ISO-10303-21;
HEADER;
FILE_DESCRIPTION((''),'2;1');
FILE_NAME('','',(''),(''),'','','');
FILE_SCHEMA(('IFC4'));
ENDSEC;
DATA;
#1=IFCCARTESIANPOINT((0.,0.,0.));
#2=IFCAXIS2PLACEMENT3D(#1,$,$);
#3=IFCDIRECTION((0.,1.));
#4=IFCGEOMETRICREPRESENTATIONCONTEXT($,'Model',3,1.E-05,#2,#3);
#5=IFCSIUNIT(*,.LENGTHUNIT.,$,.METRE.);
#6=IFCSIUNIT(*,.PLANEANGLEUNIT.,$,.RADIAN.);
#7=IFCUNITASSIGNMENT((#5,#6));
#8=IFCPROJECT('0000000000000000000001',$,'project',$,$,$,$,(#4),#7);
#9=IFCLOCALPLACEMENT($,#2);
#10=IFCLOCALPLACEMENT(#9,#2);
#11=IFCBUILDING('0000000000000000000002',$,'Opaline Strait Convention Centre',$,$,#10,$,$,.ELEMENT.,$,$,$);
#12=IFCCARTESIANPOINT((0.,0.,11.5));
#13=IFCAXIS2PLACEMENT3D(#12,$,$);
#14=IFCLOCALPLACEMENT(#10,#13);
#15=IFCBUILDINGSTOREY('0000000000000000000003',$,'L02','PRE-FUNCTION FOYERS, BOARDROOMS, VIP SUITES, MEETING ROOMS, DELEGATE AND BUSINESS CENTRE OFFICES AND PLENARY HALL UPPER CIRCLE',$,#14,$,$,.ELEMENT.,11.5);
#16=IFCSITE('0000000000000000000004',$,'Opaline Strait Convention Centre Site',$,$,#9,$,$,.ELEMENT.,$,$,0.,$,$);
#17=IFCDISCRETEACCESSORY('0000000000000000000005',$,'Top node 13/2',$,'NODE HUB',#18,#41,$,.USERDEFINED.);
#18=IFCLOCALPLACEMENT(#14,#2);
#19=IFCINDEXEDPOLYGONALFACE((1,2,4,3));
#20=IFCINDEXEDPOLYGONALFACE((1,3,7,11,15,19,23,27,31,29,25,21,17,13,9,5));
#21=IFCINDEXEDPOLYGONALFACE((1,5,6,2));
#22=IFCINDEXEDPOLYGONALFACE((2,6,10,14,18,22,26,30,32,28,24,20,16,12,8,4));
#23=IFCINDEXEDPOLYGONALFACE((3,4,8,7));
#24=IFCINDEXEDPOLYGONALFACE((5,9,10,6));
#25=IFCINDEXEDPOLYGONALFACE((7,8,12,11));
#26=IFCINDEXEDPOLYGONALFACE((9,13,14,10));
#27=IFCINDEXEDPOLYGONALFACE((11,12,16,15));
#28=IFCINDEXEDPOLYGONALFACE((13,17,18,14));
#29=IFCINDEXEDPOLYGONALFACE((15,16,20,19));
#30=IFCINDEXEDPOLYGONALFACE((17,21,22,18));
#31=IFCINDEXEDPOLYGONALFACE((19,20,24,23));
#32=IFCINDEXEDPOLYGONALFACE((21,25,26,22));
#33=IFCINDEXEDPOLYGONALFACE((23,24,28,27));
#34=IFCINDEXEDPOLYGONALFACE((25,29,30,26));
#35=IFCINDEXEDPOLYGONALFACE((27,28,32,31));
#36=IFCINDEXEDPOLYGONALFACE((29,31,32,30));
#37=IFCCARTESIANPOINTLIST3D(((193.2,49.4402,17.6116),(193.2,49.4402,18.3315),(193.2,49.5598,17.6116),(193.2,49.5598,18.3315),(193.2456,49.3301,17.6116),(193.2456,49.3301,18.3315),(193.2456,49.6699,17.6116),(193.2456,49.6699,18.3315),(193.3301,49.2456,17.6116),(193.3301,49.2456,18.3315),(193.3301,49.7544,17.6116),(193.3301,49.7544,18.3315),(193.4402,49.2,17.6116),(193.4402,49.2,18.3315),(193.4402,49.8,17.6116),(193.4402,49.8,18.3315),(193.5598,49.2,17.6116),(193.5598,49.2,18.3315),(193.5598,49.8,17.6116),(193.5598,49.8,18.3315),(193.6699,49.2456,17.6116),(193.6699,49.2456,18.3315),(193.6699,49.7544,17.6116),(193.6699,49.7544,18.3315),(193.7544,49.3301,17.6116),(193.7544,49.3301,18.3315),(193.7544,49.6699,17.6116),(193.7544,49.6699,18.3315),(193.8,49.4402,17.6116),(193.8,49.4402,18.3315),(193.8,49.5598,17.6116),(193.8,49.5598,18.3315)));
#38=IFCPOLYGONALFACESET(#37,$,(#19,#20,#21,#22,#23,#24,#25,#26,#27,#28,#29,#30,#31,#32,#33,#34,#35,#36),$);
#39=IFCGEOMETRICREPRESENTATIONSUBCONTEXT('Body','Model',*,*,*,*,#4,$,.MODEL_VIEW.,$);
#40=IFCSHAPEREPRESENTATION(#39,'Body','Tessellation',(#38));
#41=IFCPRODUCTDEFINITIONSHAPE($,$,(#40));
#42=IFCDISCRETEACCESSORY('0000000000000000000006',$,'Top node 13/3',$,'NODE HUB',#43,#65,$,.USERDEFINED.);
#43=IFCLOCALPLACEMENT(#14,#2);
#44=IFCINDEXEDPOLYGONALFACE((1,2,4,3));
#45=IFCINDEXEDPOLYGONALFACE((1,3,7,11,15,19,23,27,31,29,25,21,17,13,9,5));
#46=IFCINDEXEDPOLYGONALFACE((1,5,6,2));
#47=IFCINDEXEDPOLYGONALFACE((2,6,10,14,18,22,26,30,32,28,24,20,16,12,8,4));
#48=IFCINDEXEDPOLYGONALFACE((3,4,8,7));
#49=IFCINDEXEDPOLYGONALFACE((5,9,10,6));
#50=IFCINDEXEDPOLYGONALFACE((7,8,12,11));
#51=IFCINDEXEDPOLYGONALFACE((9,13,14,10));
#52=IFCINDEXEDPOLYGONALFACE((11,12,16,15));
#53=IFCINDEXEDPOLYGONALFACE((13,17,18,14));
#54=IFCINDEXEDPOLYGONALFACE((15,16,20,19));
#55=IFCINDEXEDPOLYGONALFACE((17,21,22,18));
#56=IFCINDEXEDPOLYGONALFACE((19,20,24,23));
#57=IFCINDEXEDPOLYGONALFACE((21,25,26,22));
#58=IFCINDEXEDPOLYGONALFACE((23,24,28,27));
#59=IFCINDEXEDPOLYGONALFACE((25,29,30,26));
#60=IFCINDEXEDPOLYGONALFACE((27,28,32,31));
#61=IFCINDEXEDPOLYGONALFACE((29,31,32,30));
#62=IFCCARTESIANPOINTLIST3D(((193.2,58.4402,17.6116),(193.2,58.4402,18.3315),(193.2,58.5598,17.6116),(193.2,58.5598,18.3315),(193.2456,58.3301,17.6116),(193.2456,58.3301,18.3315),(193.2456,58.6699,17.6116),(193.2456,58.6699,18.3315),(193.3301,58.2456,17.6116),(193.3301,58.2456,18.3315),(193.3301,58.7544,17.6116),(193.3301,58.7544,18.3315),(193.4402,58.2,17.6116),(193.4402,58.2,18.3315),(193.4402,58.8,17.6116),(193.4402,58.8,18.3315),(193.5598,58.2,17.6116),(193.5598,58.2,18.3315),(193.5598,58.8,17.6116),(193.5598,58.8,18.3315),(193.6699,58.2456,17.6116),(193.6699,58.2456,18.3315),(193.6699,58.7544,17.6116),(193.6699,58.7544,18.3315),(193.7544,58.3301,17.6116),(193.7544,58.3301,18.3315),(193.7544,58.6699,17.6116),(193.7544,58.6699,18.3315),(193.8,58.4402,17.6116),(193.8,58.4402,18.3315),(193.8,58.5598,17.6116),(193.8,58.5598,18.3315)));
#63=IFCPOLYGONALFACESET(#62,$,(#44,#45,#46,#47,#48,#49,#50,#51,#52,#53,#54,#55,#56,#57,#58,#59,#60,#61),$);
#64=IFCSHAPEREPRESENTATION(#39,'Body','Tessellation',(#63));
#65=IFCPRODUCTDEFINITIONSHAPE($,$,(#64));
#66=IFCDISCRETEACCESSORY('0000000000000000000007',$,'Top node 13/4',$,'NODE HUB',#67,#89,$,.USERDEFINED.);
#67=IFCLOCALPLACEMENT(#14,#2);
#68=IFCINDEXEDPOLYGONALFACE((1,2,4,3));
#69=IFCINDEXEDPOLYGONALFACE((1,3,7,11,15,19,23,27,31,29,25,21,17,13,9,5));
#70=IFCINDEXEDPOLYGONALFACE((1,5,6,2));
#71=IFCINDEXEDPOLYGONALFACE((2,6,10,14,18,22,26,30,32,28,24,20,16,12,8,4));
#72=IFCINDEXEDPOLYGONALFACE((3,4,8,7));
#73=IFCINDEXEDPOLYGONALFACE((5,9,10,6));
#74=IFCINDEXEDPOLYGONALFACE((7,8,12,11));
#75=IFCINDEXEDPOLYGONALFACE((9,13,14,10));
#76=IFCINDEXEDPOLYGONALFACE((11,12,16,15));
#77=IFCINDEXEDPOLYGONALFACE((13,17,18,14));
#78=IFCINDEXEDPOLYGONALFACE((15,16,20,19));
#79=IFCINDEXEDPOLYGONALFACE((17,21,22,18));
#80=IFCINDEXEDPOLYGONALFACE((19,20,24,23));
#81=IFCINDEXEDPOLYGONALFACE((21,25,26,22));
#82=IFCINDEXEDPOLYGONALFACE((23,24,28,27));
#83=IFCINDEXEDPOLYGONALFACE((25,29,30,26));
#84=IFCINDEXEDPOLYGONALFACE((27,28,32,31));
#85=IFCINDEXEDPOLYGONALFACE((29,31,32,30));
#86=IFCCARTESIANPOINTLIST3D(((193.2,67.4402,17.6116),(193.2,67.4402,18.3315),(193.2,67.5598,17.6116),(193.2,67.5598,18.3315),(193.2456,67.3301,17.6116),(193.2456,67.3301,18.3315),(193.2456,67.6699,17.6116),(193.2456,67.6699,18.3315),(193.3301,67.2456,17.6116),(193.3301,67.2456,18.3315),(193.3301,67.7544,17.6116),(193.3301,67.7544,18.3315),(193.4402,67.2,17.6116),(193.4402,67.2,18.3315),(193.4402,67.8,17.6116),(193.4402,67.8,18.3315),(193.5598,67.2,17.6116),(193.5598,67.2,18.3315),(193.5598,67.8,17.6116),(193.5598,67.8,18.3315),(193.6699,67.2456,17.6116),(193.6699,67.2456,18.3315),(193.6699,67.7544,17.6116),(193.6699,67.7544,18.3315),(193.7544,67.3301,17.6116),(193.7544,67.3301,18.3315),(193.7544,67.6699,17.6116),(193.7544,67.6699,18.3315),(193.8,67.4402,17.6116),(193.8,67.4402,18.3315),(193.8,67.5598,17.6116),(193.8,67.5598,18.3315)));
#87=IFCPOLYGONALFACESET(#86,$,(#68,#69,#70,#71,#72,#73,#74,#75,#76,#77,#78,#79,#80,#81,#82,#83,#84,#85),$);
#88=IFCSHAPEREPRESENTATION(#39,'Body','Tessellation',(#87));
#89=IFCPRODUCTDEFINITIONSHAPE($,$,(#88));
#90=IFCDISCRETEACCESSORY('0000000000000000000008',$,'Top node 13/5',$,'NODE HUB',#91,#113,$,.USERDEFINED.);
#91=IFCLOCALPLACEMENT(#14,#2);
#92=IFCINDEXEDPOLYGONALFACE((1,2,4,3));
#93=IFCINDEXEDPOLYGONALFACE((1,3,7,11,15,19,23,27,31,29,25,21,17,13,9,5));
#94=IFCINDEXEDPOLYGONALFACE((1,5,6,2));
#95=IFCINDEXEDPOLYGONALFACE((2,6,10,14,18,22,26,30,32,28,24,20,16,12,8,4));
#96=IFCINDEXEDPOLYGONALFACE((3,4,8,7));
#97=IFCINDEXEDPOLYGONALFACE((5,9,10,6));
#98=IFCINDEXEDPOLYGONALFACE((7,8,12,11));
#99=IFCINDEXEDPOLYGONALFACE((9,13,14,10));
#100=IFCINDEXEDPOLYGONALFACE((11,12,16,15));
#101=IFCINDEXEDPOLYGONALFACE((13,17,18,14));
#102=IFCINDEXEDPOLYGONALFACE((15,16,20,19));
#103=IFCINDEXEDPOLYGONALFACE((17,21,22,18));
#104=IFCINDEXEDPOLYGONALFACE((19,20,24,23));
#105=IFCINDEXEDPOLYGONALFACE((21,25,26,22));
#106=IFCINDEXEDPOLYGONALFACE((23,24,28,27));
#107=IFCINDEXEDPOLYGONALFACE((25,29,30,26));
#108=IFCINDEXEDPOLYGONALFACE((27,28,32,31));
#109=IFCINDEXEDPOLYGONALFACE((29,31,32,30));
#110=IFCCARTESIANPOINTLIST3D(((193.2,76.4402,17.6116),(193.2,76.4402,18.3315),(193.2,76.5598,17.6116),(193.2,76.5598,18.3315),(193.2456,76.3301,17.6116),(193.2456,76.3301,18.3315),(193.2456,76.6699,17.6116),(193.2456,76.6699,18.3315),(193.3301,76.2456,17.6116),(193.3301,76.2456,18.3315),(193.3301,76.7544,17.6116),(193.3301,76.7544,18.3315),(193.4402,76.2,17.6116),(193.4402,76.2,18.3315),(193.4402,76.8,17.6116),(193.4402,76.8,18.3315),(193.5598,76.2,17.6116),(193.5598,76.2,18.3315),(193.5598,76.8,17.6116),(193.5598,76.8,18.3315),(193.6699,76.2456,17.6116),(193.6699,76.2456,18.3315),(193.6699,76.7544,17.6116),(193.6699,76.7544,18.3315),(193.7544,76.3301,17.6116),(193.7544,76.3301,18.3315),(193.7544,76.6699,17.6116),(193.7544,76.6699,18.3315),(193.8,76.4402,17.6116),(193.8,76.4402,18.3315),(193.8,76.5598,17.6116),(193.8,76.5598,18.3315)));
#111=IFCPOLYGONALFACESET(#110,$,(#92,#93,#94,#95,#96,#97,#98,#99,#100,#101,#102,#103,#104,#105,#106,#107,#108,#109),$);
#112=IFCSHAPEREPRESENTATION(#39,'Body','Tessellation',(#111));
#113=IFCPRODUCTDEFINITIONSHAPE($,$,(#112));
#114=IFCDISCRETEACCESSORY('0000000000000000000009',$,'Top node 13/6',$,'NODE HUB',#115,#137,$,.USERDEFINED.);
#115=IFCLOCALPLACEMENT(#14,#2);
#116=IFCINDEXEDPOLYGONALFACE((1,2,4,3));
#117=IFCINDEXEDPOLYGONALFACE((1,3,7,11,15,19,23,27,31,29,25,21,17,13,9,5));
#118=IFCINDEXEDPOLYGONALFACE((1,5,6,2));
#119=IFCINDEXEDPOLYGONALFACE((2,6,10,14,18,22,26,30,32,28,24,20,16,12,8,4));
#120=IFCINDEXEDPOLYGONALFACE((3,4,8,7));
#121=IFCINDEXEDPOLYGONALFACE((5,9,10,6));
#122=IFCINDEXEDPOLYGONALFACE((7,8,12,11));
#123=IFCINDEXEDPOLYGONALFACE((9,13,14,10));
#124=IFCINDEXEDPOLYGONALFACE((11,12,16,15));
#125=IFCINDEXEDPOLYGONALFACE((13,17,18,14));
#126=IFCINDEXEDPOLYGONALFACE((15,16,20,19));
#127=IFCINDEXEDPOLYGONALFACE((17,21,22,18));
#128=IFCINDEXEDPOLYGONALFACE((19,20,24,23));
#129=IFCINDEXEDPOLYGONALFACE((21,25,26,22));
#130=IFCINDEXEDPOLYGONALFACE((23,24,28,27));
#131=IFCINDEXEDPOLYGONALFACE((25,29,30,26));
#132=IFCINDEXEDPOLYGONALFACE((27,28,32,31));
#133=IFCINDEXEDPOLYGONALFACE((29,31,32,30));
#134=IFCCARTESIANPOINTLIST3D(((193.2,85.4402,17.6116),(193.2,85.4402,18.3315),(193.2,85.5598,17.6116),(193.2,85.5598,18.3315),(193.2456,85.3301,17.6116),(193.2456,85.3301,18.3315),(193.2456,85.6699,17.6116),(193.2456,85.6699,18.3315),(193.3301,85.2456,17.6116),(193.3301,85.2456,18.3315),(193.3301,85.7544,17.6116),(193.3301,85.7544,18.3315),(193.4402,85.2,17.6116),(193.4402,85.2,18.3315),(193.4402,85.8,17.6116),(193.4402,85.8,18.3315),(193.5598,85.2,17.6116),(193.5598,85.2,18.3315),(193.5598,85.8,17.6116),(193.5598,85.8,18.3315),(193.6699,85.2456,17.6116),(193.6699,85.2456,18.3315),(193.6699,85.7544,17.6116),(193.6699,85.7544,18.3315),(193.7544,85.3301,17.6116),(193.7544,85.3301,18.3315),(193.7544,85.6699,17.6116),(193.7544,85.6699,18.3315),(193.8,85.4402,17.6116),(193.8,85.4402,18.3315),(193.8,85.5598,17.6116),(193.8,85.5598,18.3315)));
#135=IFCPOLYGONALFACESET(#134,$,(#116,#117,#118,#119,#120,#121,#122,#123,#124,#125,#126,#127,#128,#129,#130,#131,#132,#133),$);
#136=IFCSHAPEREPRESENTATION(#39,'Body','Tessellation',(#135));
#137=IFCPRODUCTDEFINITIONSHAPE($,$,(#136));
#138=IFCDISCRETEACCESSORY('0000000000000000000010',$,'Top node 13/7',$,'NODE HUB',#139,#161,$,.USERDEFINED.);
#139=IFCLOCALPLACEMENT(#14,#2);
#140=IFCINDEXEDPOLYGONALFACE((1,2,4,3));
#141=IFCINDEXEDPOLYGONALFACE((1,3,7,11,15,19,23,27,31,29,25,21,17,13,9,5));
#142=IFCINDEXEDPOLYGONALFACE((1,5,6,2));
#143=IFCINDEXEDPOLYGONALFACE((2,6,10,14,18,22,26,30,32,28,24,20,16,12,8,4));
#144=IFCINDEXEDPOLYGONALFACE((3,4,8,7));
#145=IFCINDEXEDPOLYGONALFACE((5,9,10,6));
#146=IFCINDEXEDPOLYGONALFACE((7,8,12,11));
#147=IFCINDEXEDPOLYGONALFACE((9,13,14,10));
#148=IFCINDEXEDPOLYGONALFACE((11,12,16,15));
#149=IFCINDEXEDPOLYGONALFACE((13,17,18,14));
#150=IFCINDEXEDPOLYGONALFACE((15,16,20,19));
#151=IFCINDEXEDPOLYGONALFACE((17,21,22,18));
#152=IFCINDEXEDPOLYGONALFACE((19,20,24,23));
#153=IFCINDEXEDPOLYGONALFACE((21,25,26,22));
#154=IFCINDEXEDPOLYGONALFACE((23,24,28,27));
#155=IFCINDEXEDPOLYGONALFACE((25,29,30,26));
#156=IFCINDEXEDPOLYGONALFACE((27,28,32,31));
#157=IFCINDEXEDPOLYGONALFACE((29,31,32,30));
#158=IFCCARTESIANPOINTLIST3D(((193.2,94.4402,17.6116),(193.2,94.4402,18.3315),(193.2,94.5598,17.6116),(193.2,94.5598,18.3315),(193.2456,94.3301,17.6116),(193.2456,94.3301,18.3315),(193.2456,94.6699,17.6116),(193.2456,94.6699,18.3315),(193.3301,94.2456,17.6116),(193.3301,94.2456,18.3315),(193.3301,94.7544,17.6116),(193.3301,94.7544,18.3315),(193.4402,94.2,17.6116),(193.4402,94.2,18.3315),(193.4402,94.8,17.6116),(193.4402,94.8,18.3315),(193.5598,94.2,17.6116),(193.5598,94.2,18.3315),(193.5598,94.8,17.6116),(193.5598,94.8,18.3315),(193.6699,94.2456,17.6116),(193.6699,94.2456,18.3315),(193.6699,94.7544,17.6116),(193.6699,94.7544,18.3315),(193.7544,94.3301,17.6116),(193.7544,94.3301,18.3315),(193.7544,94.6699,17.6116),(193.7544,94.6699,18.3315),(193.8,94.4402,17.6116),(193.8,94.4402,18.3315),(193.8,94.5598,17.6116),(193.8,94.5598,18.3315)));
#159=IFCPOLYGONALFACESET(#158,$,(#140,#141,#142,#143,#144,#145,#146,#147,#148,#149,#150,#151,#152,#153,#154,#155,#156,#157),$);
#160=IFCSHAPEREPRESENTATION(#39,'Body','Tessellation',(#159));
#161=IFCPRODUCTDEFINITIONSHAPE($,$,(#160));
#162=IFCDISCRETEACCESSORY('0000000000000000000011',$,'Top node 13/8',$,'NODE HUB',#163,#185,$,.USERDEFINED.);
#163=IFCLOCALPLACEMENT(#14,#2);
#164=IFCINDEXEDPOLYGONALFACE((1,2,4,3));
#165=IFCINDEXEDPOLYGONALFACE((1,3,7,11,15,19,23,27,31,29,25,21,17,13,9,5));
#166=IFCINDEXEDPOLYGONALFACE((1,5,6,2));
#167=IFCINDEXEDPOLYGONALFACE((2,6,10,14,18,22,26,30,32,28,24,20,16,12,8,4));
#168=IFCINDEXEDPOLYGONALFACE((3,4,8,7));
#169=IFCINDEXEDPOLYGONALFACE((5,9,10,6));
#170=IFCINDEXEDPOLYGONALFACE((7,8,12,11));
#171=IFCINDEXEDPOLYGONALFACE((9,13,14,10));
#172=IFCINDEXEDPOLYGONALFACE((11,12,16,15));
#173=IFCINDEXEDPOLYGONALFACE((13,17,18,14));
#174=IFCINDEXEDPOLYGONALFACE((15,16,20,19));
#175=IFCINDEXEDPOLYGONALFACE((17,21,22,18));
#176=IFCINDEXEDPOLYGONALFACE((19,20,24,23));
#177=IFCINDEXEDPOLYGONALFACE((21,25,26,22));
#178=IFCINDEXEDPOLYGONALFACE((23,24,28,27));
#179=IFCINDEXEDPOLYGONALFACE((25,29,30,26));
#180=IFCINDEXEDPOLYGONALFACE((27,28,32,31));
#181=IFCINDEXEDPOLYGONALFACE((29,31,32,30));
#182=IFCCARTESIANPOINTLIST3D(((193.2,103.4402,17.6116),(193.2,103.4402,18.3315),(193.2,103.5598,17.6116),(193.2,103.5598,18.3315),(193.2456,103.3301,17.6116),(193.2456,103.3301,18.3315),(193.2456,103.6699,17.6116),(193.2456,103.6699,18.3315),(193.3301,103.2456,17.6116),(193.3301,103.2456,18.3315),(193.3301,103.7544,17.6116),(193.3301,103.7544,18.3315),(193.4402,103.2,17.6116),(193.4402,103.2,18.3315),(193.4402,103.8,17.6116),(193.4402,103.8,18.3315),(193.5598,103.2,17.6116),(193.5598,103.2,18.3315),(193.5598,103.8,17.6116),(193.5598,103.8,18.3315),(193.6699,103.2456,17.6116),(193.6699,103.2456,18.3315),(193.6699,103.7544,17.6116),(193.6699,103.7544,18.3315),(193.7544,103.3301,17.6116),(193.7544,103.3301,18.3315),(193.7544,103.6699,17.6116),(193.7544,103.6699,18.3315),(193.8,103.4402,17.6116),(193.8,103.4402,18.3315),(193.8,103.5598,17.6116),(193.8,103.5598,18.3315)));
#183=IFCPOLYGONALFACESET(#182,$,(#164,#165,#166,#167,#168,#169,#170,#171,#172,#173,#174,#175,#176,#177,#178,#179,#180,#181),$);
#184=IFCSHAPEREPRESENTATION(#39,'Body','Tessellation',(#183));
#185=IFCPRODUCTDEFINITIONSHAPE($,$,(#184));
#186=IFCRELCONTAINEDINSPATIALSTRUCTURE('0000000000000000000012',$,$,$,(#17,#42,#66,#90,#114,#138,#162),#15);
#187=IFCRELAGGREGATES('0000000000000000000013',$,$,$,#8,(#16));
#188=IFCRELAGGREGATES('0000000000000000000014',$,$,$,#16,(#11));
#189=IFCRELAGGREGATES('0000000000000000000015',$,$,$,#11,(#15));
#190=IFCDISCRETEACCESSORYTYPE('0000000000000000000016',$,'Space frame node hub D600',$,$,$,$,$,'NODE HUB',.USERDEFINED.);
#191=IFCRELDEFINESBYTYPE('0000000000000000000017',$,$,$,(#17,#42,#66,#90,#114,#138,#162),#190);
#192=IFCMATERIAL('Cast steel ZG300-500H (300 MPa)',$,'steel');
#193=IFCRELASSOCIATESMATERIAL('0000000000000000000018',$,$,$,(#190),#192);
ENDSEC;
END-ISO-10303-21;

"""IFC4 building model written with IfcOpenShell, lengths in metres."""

from ifc_helpers import new_model, si_unit, direction, frame, origin, place, context, subcontext, project, spatial, polyline, outline, extrude, material, type_object, element, save


model = new_model("IFC4")

# Units and contexts
model_context = context("Model", 3, precision=1e-05, world=origin(), true_north=direction((0.0, 1.0)))
body_context = subcontext(model_context, "Body", "Model", "MODEL_VIEW")
ifc_project = project(units=[si_unit("LENGTHUNIT", "METRE"), si_unit("PLANEANGLEUNIT", "RADIAN")], contexts=[model_context])

# Site, building, storey
site_placement = place(None, origin())
site = spatial("IfcSite", under=ifc_project, at=site_placement, Name="Opaline Strait Convention Centre Site", CompositionType="ELEMENT", RefElevation=0.0)
building_placement = place(site_placement, origin())
building = spatial("IfcBuilding", under=site, at=building_placement, Name="Opaline Strait Convention Centre", CompositionType="ELEMENT")
storey_placement = place(building_placement, frame((0.0, 0.0, 11.5)))
storey = spatial("IfcBuildingStorey", under=building, at=storey_placement, Name="L02", Description="PRE-FUNCTION FOYERS, BOARDROOMS, VIP SUITES, MEETING ROOMS, DELEGATE AND BUSINESS CENTRE OFFICES AND PLENARY HALL UPPER CIRCLE", CompositionType="ELEMENT", Elevation=11.5)

# Discrete accessories
ifc_material = material(Name="Cast steel ZG300-500H (300 MPa)", Category="steel")
discrete_accessory_type = type_object("IfcDiscreteAccessoryType", Name="Space frame node hub D600", ElementType="NODE HUB", PredefinedType="USERDEFINED", material=ifc_material)
discrete_accessory_1_placement = place(storey_placement, frame((0.0, 0.0, 17.6116)))
element("IfcDiscreteAccessory", 1, at=discrete_accessory_1_placement, inside=storey, type_object=discrete_accessory_type, Name="Top node 13/2", ObjectType="NODE HUB", PredefinedType="USERDEFINED", context=body_context, shape_type="SweptSolid", body=[
    extrude(outline(polyline([(193.8, 49.5598), (193.7544, 49.6699), (193.6699, 49.7544), (193.5598, 49.8), (193.4402, 49.8), (193.3301, 49.7544), (193.2456, 49.6699), (193.2, 49.5598), (193.2, 49.4402), (193.2456, 49.3301), (193.3301, 49.2456), (193.4402, 49.2), (193.5598, 49.2), (193.6699, 49.2456), (193.7544, 49.3301), (193.8, 49.4402), (193.8, 49.5598)])), origin(), (0.0, 0.0, 1.0), 0.72),
])
discrete_accessory_2_placement = place(storey_placement, frame((0.0, 0.0, 17.6116)))
element("IfcDiscreteAccessory", 2, at=discrete_accessory_2_placement, inside=storey, type_object=discrete_accessory_type, Name="Top node 13/3", ObjectType="NODE HUB", PredefinedType="USERDEFINED", context=body_context, shape_type="SweptSolid", body=[
    extrude(outline(polyline([(193.8, 58.5598), (193.7544, 58.6699), (193.6699, 58.7544), (193.5598, 58.8), (193.4402, 58.8), (193.3301, 58.7544), (193.2456, 58.6699), (193.2, 58.5598), (193.2, 58.4402), (193.2456, 58.3301), (193.3301, 58.2456), (193.4402, 58.2), (193.5598, 58.2), (193.6699, 58.2456), (193.7544, 58.3301), (193.8, 58.4402), (193.8, 58.5598)])), origin(), (0.0, 0.0, 1.0), 0.72),
])
discrete_accessory_3_placement = place(storey_placement, frame((0.0, 0.0, 17.6116)))
element("IfcDiscreteAccessory", 3, at=discrete_accessory_3_placement, inside=storey, type_object=discrete_accessory_type, Name="Top node 13/4", ObjectType="NODE HUB", PredefinedType="USERDEFINED", context=body_context, shape_type="SweptSolid", body=[
    extrude(outline(polyline([(193.8, 67.5598), (193.7544, 67.6699), (193.6699, 67.7544), (193.5598, 67.8), (193.4402, 67.8), (193.3301, 67.7544), (193.2456, 67.6699), (193.2, 67.5598), (193.2, 67.4402), (193.2456, 67.3301), (193.3301, 67.2456), (193.4402, 67.2), (193.5598, 67.2), (193.6699, 67.2456), (193.7544, 67.3301), (193.8, 67.4402), (193.8, 67.5598)])), origin(), (0.0, 0.0, 1.0), 0.72),
])
discrete_accessory_4_placement = place(storey_placement, frame((0.0, 0.0, 17.6116)))
element("IfcDiscreteAccessory", 4, at=discrete_accessory_4_placement, inside=storey, type_object=discrete_accessory_type, Name="Top node 13/5", ObjectType="NODE HUB", PredefinedType="USERDEFINED", context=body_context, shape_type="SweptSolid", body=[
    extrude(outline(polyline([(193.8, 76.5598), (193.7544, 76.6699), (193.6699, 76.7544), (193.5598, 76.8), (193.4402, 76.8), (193.3301, 76.7544), (193.2456, 76.6699), (193.2, 76.5598), (193.2, 76.4402), (193.2456, 76.3301), (193.3301, 76.2456), (193.4402, 76.2), (193.5598, 76.2), (193.6699, 76.2456), (193.7544, 76.3301), (193.8, 76.4402), (193.8, 76.5598)])), origin(), (0.0, 0.0, 1.0), 0.72),
])
discrete_accessory_5_placement = place(storey_placement, frame((0.0, 0.0, 17.6116)))
element("IfcDiscreteAccessory", 5, at=discrete_accessory_5_placement, inside=storey, type_object=discrete_accessory_type, Name="Top node 13/6", ObjectType="NODE HUB", PredefinedType="USERDEFINED", context=body_context, shape_type="SweptSolid", body=[
    extrude(outline(polyline([(193.8, 85.5598), (193.7544, 85.6699), (193.6699, 85.7544), (193.5598, 85.8), (193.4402, 85.8), (193.3301, 85.7544), (193.2456, 85.6699), (193.2, 85.5598), (193.2, 85.4402), (193.2456, 85.3301), (193.3301, 85.2456), (193.4402, 85.2), (193.5598, 85.2), (193.6699, 85.2456), (193.7544, 85.3301), (193.8, 85.4402), (193.8, 85.5598)])), origin(), (0.0, 0.0, 1.0), 0.72),
])
discrete_accessory_6_placement = place(storey_placement, frame((0.0, 0.0, 17.6116)))
element("IfcDiscreteAccessory", 6, at=discrete_accessory_6_placement, inside=storey, type_object=discrete_accessory_type, Name="Top node 13/7", ObjectType="NODE HUB", PredefinedType="USERDEFINED", context=body_context, shape_type="SweptSolid", body=[
    extrude(outline(polyline([(193.8, 94.5598), (193.7544, 94.6699), (193.6699, 94.7544), (193.5598, 94.8), (193.4402, 94.8), (193.3301, 94.7544), (193.2456, 94.6699), (193.2, 94.5598), (193.2, 94.4402), (193.2456, 94.3301), (193.3301, 94.2456), (193.4402, 94.2), (193.5598, 94.2), (193.6699, 94.2456), (193.7544, 94.3301), (193.8, 94.4402), (193.8, 94.5598)])), origin(), (0.0, 0.0, 1.0), 0.72),
])
discrete_accessory_7_placement = place(storey_placement, frame((0.0, 0.0, 17.6116)))
element("IfcDiscreteAccessory", 7, at=discrete_accessory_7_placement, inside=storey, type_object=discrete_accessory_type, Name="Top node 13/8", ObjectType="NODE HUB", PredefinedType="USERDEFINED", context=body_context, shape_type="SweptSolid", body=[
    extrude(outline(polyline([(193.8, 103.5598), (193.7544, 103.6699), (193.6699, 103.7544), (193.5598, 103.8), (193.4402, 103.8), (193.3301, 103.7544), (193.2456, 103.6699), (193.2, 103.5598), (193.2, 103.4402), (193.2456, 103.3301), (193.3301, 103.2456), (193.4402, 103.2), (193.5598, 103.2), (193.6699, 103.2456), (193.7544, 103.3301), (193.8, 103.4402), (193.8, 103.5598)])), origin(), (0.0, 0.0, 1.0), 0.72),
])

save(model, "model.ifc")
